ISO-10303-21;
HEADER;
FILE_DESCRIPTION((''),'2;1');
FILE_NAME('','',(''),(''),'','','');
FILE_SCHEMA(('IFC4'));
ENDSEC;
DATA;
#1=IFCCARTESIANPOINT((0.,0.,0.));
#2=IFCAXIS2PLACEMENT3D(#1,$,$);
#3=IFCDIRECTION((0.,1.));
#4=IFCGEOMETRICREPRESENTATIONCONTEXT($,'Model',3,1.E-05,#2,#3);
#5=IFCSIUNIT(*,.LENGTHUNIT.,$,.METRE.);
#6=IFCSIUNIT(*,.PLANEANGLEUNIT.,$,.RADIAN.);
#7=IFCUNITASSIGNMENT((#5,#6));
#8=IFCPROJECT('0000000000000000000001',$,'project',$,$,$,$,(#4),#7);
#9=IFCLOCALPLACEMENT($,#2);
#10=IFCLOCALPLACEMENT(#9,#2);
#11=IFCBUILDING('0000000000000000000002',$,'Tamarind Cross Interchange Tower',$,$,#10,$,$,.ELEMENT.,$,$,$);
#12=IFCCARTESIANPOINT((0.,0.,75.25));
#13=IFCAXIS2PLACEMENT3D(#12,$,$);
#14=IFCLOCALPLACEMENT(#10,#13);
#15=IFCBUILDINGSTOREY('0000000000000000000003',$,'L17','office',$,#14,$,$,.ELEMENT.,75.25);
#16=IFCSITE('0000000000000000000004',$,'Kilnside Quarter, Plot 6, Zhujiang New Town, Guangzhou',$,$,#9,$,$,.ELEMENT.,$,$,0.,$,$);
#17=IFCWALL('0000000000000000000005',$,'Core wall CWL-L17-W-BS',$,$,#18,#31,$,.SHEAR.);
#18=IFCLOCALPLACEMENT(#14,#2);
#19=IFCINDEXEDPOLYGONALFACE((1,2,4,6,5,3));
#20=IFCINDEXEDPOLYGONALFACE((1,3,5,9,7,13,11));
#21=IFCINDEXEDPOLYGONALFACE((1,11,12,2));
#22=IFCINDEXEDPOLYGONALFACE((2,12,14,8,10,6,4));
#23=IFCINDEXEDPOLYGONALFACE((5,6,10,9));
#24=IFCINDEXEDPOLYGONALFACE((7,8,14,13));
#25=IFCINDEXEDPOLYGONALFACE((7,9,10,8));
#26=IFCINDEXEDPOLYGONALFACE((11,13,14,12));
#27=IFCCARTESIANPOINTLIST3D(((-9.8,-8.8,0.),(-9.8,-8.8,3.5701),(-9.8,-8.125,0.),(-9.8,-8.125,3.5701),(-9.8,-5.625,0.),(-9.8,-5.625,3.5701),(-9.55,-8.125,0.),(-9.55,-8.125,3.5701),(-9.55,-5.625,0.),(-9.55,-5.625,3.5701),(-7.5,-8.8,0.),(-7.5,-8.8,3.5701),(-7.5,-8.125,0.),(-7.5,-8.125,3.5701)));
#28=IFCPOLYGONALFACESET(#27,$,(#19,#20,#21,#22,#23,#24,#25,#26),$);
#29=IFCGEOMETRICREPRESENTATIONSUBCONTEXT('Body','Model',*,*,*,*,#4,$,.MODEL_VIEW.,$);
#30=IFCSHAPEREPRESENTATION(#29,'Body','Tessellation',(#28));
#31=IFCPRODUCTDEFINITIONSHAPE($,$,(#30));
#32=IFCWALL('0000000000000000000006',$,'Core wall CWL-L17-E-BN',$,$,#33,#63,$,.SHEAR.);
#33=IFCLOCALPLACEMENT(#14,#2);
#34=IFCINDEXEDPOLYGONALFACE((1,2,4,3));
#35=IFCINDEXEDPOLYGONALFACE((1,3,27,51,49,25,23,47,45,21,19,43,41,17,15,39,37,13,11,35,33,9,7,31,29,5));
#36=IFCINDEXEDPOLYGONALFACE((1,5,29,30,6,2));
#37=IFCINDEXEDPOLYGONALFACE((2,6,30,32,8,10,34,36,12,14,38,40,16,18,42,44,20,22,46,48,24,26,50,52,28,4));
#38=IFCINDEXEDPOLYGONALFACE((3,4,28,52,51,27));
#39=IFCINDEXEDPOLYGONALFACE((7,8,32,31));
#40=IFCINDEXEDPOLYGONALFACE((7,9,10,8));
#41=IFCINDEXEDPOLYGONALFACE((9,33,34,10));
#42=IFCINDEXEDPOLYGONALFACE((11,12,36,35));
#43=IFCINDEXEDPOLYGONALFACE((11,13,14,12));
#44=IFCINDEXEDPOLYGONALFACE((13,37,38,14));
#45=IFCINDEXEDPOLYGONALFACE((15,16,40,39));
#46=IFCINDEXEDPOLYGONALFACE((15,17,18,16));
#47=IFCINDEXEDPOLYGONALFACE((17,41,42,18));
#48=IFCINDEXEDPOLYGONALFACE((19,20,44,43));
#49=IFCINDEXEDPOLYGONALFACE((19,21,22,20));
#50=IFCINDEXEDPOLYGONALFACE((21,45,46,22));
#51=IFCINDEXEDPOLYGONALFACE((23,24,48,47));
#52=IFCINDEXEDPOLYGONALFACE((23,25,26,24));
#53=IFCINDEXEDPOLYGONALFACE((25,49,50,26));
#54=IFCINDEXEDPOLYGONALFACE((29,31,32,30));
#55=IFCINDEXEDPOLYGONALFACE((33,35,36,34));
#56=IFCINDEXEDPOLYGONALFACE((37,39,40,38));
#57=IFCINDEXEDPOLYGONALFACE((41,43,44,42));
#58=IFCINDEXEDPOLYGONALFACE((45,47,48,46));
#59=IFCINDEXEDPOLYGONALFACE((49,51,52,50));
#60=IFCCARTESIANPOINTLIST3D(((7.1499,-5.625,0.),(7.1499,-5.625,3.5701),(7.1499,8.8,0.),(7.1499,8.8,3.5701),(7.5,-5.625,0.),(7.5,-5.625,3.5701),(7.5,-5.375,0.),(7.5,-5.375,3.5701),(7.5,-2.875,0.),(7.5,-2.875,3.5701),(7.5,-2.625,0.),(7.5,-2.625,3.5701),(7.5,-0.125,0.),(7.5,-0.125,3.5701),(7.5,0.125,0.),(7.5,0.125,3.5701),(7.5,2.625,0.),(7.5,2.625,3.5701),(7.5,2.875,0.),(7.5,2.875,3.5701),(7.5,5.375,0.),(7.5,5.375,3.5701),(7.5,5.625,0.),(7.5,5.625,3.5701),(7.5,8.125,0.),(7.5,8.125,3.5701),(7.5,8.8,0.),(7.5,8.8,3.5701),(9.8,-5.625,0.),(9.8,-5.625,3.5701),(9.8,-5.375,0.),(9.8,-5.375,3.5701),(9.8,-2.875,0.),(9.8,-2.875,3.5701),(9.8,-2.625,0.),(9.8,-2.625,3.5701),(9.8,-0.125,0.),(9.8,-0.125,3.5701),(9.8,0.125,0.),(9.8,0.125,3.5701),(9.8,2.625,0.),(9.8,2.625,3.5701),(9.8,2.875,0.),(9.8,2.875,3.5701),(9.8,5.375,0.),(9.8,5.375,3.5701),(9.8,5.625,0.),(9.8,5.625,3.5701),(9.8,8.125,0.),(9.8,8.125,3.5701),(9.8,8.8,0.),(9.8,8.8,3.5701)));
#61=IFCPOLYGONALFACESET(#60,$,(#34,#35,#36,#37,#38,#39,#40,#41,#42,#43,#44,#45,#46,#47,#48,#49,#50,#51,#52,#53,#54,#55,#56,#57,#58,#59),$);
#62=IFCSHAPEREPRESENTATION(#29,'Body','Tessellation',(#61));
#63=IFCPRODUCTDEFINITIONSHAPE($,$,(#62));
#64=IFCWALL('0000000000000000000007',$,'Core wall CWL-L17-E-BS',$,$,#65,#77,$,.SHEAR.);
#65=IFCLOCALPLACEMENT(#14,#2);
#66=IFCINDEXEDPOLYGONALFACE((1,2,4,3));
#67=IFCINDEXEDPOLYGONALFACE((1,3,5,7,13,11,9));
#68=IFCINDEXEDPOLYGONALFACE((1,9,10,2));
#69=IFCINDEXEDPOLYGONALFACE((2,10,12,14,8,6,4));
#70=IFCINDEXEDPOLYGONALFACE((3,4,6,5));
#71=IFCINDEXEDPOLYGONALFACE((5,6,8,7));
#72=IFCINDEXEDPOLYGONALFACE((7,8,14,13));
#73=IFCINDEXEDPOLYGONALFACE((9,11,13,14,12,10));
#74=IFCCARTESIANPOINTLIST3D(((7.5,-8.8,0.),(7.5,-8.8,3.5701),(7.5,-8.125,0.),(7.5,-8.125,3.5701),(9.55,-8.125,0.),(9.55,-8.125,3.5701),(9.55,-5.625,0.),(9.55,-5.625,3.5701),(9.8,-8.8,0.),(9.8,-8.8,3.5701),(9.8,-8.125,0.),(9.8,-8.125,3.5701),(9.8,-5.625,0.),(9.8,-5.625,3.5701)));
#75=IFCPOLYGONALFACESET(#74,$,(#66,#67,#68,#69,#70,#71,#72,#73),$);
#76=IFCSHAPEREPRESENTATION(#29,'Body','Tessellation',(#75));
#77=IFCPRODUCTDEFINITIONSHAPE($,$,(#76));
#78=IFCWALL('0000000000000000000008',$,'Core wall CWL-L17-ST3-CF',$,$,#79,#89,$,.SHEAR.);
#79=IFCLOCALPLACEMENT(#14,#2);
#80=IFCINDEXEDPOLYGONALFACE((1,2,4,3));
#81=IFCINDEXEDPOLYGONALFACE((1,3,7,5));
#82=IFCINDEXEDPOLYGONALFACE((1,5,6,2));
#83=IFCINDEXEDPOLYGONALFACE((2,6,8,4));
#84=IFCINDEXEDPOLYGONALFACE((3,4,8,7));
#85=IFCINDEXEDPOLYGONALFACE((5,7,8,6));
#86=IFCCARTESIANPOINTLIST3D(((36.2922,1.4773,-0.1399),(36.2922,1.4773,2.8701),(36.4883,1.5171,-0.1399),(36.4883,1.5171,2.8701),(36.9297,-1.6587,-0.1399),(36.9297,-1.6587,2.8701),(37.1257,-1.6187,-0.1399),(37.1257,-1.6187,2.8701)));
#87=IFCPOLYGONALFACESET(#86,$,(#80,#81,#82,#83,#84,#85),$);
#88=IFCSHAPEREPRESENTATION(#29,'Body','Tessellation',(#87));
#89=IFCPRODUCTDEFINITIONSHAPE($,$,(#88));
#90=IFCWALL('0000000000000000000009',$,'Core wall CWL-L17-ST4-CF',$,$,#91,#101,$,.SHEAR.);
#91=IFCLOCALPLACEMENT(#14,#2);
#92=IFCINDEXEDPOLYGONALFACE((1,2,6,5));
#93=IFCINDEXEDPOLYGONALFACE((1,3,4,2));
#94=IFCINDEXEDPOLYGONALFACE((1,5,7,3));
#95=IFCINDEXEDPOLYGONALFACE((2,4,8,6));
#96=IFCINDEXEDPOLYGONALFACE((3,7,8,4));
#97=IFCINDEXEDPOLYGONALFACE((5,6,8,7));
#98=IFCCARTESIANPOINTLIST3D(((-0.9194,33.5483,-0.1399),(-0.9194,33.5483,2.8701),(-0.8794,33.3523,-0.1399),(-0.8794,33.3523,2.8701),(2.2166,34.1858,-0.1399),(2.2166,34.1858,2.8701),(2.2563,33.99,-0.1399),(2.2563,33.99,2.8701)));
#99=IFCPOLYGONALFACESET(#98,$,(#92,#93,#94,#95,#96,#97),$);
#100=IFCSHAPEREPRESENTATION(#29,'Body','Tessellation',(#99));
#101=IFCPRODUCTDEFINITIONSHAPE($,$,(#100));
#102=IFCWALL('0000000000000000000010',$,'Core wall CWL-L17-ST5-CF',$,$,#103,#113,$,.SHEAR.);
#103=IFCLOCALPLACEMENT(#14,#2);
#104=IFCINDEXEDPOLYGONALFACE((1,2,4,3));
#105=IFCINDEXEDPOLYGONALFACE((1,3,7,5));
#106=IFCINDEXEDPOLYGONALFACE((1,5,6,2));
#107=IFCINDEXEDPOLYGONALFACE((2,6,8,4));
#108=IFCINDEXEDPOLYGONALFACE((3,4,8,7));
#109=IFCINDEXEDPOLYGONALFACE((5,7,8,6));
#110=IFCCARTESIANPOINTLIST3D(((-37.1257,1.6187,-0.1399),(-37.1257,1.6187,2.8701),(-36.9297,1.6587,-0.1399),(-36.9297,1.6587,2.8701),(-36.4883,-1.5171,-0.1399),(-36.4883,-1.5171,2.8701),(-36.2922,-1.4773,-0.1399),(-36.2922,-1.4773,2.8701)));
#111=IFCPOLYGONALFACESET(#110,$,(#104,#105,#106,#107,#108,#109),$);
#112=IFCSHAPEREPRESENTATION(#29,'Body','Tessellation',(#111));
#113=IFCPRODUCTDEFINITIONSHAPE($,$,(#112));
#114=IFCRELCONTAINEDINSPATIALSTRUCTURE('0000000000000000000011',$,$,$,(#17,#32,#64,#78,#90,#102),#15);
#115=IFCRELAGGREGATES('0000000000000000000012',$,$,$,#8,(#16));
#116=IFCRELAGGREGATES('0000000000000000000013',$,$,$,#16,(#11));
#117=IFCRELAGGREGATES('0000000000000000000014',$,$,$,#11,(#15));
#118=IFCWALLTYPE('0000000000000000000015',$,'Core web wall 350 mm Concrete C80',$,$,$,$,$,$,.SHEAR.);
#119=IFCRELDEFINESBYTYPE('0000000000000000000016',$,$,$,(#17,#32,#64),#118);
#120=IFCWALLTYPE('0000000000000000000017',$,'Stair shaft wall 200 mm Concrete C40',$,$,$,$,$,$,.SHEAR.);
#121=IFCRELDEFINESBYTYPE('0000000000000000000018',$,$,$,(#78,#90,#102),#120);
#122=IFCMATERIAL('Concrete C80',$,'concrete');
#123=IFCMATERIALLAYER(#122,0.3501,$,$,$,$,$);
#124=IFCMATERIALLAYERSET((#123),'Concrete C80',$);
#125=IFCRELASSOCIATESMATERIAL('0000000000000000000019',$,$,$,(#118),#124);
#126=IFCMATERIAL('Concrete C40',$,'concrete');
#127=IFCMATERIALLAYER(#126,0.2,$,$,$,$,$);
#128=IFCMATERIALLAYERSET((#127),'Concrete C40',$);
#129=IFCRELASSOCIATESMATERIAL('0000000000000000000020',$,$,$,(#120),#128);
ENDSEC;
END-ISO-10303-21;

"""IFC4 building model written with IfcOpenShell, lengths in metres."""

from ifc_helpers import new_model, si_unit, direction, frame, origin, place, context, subcontext, project, spatial, polyline, outline, extrude, material, layer, layer_set, type_object, element, save


model = new_model("IFC4")

# Units and contexts
model_context = context("Model", 3, precision=1e-05, world=origin(), true_north=direction((0.0, 1.0)))
body_context = subcontext(model_context, "Body", "Model", "MODEL_VIEW")
ifc_project = project(units=[si_unit("LENGTHUNIT", "METRE"), si_unit("PLANEANGLEUNIT", "RADIAN")], contexts=[model_context])

# Site, building, storey
site_placement = place(None, origin())
site = spatial("IfcSite", under=ifc_project, at=site_placement, Name="Kilnside Quarter, Plot 6, Zhujiang New Town, Guangzhou", CompositionType="ELEMENT", RefElevation=0.0)
building_placement = place(site_placement, origin())
building = spatial("IfcBuilding", under=site, at=building_placement, Name="Tamarind Cross Interchange Tower", CompositionType="ELEMENT")
storey_placement = place(building_placement, frame((0.0, 0.0, 75.25)))
storey = spatial("IfcBuildingStorey", under=building, at=storey_placement, Name="L17", Description="office", CompositionType="ELEMENT", Elevation=75.25)

# Shared definitions
ifc_material_1 = material(Name="Concrete C40", Category="concrete")

# Walls
ifc_material_2 = material(Name="Concrete C80", Category="concrete")
ifc_layer_1 = layer(ifc_material_2, 0.3501)
ifc_layer_set_1 = layer_set([ifc_layer_1], Name="Concrete C80")
wall_type_1 = type_object("IfcWallType", Name="Core web wall 350 mm Concrete C80", PredefinedType="SHEAR", material=ifc_layer_set_1)
wall_1_placement = place(storey_placement, origin())
element("IfcWall", 1, at=wall_1_placement, inside=storey, type_object=wall_type_1, Name="Core wall CWL-L17-W-BS", PredefinedType="SHEAR", context=body_context, shape_type="SweptSolid", body=[
    extrude(outline(polyline([(-7.5, -8.125), (-9.55, -8.125), (-9.55, -5.625), (-9.8, -5.625), (-9.8, -8.125), (-9.8, -8.8), (-7.5, -8.8), (-7.5, -8.125)])), origin(), (0.0, 0.0, 1.0), 3.5701),
])
wall_2_placement = place(storey_placement, origin())
element("IfcWall", 2, at=wall_2_placement, inside=storey, type_object=wall_type_1, Name="Core wall CWL-L17-E-BN", PredefinedType="SHEAR", context=body_context, shape_type="SweptSolid", body=[
    extrude(outline(polyline([(9.8, -5.375), (7.5, -5.375), (7.5, -2.875), (9.8, -2.875), (9.8, -2.625), (7.5, -2.625), (7.5, -0.125), (9.8, -0.125), (9.8, 0.125), (7.5, 0.125), (7.5, 2.625), (9.8, 2.625), (9.8, 2.875), (7.5, 2.875), (7.5, 5.375), (9.8, 5.375), (9.8, 5.625), (7.5, 5.625), (7.5, 8.125), (9.8, 8.125), (9.8, 8.8), (7.5, 8.8), (7.1499, 8.8), (7.1499, -5.625), (7.5, -5.625), (9.8, -5.625), (9.8, -5.375)])), origin(), (0.0, 0.0, 1.0), 3.5701),
])
wall_3_placement = place(storey_placement, origin())
element("IfcWall", 3, at=wall_3_placement, inside=storey, type_object=wall_type_1, Name="Core wall CWL-L17-E-BS", PredefinedType="SHEAR", context=body_context, shape_type="SweptSolid", body=[
    extrude(outline(polyline([(7.5, -8.125), (7.5, -8.8), (9.8, -8.8), (9.8, -8.125), (9.8, -5.625), (9.55, -5.625), (9.55, -8.125), (7.5, -8.125)])), origin(), (0.0, 0.0, 1.0), 3.5701),
])
ifc_layer_2 = layer(ifc_material_1, 0.2)
ifc_layer_set_2 = layer_set([ifc_layer_2], Name="Concrete C40")
wall_type_2 = type_object("IfcWallType", Name="Stair shaft wall 200 mm Concrete C40", PredefinedType="SHEAR", material=ifc_layer_set_2)
wall_4_placement = place(storey_placement, frame((0.0, 0.0, -0.1399)))
element("IfcWall", 4, at=wall_4_placement, inside=storey, type_object=wall_type_2, Name="Core wall CWL-L17-ST3-CF", PredefinedType="SHEAR", context=body_context, shape_type="SweptSolid", body=[
    extrude(outline(polyline([(36.9297, -1.6587), (37.1257, -1.6187), (36.4883, 1.5171), (36.2922, 1.4773), (36.9297, -1.6587)])), origin(), (0.0, 0.0, 1.0), 3.01),
])
wall_5_placement = place(storey_placement, frame((0.0, 0.0, -0.1399)))
element("IfcWall", 5, at=wall_5_placement, inside=storey, type_object=wall_type_2, Name="Core wall CWL-L17-ST4-CF", PredefinedType="SHEAR", context=body_context, shape_type="SweptSolid", body=[
    extrude(outline(polyline([(2.2563, 33.99), (2.2166, 34.1858), (-0.9194, 33.5483), (-0.8794, 33.3523), (2.2563, 33.99)])), origin(), (0.0, 0.0, 1.0), 3.01),
])
wall_6_placement = place(storey_placement, frame((0.0, 0.0, -0.1399)))
element("IfcWall", 6, at=wall_6_placement, inside=storey, type_object=wall_type_2, Name="Core wall CWL-L17-ST5-CF", PredefinedType="SHEAR", context=body_context, shape_type="SweptSolid", body=[
    extrude(outline(polyline([(-36.9297, 1.6587), (-37.1257, 1.6187), (-36.4883, -1.5171), (-36.2922, -1.4773), (-36.9297, 1.6587)])), origin(), (0.0, 0.0, 1.0), 3.01),
])

save(model, "model.ifc")
